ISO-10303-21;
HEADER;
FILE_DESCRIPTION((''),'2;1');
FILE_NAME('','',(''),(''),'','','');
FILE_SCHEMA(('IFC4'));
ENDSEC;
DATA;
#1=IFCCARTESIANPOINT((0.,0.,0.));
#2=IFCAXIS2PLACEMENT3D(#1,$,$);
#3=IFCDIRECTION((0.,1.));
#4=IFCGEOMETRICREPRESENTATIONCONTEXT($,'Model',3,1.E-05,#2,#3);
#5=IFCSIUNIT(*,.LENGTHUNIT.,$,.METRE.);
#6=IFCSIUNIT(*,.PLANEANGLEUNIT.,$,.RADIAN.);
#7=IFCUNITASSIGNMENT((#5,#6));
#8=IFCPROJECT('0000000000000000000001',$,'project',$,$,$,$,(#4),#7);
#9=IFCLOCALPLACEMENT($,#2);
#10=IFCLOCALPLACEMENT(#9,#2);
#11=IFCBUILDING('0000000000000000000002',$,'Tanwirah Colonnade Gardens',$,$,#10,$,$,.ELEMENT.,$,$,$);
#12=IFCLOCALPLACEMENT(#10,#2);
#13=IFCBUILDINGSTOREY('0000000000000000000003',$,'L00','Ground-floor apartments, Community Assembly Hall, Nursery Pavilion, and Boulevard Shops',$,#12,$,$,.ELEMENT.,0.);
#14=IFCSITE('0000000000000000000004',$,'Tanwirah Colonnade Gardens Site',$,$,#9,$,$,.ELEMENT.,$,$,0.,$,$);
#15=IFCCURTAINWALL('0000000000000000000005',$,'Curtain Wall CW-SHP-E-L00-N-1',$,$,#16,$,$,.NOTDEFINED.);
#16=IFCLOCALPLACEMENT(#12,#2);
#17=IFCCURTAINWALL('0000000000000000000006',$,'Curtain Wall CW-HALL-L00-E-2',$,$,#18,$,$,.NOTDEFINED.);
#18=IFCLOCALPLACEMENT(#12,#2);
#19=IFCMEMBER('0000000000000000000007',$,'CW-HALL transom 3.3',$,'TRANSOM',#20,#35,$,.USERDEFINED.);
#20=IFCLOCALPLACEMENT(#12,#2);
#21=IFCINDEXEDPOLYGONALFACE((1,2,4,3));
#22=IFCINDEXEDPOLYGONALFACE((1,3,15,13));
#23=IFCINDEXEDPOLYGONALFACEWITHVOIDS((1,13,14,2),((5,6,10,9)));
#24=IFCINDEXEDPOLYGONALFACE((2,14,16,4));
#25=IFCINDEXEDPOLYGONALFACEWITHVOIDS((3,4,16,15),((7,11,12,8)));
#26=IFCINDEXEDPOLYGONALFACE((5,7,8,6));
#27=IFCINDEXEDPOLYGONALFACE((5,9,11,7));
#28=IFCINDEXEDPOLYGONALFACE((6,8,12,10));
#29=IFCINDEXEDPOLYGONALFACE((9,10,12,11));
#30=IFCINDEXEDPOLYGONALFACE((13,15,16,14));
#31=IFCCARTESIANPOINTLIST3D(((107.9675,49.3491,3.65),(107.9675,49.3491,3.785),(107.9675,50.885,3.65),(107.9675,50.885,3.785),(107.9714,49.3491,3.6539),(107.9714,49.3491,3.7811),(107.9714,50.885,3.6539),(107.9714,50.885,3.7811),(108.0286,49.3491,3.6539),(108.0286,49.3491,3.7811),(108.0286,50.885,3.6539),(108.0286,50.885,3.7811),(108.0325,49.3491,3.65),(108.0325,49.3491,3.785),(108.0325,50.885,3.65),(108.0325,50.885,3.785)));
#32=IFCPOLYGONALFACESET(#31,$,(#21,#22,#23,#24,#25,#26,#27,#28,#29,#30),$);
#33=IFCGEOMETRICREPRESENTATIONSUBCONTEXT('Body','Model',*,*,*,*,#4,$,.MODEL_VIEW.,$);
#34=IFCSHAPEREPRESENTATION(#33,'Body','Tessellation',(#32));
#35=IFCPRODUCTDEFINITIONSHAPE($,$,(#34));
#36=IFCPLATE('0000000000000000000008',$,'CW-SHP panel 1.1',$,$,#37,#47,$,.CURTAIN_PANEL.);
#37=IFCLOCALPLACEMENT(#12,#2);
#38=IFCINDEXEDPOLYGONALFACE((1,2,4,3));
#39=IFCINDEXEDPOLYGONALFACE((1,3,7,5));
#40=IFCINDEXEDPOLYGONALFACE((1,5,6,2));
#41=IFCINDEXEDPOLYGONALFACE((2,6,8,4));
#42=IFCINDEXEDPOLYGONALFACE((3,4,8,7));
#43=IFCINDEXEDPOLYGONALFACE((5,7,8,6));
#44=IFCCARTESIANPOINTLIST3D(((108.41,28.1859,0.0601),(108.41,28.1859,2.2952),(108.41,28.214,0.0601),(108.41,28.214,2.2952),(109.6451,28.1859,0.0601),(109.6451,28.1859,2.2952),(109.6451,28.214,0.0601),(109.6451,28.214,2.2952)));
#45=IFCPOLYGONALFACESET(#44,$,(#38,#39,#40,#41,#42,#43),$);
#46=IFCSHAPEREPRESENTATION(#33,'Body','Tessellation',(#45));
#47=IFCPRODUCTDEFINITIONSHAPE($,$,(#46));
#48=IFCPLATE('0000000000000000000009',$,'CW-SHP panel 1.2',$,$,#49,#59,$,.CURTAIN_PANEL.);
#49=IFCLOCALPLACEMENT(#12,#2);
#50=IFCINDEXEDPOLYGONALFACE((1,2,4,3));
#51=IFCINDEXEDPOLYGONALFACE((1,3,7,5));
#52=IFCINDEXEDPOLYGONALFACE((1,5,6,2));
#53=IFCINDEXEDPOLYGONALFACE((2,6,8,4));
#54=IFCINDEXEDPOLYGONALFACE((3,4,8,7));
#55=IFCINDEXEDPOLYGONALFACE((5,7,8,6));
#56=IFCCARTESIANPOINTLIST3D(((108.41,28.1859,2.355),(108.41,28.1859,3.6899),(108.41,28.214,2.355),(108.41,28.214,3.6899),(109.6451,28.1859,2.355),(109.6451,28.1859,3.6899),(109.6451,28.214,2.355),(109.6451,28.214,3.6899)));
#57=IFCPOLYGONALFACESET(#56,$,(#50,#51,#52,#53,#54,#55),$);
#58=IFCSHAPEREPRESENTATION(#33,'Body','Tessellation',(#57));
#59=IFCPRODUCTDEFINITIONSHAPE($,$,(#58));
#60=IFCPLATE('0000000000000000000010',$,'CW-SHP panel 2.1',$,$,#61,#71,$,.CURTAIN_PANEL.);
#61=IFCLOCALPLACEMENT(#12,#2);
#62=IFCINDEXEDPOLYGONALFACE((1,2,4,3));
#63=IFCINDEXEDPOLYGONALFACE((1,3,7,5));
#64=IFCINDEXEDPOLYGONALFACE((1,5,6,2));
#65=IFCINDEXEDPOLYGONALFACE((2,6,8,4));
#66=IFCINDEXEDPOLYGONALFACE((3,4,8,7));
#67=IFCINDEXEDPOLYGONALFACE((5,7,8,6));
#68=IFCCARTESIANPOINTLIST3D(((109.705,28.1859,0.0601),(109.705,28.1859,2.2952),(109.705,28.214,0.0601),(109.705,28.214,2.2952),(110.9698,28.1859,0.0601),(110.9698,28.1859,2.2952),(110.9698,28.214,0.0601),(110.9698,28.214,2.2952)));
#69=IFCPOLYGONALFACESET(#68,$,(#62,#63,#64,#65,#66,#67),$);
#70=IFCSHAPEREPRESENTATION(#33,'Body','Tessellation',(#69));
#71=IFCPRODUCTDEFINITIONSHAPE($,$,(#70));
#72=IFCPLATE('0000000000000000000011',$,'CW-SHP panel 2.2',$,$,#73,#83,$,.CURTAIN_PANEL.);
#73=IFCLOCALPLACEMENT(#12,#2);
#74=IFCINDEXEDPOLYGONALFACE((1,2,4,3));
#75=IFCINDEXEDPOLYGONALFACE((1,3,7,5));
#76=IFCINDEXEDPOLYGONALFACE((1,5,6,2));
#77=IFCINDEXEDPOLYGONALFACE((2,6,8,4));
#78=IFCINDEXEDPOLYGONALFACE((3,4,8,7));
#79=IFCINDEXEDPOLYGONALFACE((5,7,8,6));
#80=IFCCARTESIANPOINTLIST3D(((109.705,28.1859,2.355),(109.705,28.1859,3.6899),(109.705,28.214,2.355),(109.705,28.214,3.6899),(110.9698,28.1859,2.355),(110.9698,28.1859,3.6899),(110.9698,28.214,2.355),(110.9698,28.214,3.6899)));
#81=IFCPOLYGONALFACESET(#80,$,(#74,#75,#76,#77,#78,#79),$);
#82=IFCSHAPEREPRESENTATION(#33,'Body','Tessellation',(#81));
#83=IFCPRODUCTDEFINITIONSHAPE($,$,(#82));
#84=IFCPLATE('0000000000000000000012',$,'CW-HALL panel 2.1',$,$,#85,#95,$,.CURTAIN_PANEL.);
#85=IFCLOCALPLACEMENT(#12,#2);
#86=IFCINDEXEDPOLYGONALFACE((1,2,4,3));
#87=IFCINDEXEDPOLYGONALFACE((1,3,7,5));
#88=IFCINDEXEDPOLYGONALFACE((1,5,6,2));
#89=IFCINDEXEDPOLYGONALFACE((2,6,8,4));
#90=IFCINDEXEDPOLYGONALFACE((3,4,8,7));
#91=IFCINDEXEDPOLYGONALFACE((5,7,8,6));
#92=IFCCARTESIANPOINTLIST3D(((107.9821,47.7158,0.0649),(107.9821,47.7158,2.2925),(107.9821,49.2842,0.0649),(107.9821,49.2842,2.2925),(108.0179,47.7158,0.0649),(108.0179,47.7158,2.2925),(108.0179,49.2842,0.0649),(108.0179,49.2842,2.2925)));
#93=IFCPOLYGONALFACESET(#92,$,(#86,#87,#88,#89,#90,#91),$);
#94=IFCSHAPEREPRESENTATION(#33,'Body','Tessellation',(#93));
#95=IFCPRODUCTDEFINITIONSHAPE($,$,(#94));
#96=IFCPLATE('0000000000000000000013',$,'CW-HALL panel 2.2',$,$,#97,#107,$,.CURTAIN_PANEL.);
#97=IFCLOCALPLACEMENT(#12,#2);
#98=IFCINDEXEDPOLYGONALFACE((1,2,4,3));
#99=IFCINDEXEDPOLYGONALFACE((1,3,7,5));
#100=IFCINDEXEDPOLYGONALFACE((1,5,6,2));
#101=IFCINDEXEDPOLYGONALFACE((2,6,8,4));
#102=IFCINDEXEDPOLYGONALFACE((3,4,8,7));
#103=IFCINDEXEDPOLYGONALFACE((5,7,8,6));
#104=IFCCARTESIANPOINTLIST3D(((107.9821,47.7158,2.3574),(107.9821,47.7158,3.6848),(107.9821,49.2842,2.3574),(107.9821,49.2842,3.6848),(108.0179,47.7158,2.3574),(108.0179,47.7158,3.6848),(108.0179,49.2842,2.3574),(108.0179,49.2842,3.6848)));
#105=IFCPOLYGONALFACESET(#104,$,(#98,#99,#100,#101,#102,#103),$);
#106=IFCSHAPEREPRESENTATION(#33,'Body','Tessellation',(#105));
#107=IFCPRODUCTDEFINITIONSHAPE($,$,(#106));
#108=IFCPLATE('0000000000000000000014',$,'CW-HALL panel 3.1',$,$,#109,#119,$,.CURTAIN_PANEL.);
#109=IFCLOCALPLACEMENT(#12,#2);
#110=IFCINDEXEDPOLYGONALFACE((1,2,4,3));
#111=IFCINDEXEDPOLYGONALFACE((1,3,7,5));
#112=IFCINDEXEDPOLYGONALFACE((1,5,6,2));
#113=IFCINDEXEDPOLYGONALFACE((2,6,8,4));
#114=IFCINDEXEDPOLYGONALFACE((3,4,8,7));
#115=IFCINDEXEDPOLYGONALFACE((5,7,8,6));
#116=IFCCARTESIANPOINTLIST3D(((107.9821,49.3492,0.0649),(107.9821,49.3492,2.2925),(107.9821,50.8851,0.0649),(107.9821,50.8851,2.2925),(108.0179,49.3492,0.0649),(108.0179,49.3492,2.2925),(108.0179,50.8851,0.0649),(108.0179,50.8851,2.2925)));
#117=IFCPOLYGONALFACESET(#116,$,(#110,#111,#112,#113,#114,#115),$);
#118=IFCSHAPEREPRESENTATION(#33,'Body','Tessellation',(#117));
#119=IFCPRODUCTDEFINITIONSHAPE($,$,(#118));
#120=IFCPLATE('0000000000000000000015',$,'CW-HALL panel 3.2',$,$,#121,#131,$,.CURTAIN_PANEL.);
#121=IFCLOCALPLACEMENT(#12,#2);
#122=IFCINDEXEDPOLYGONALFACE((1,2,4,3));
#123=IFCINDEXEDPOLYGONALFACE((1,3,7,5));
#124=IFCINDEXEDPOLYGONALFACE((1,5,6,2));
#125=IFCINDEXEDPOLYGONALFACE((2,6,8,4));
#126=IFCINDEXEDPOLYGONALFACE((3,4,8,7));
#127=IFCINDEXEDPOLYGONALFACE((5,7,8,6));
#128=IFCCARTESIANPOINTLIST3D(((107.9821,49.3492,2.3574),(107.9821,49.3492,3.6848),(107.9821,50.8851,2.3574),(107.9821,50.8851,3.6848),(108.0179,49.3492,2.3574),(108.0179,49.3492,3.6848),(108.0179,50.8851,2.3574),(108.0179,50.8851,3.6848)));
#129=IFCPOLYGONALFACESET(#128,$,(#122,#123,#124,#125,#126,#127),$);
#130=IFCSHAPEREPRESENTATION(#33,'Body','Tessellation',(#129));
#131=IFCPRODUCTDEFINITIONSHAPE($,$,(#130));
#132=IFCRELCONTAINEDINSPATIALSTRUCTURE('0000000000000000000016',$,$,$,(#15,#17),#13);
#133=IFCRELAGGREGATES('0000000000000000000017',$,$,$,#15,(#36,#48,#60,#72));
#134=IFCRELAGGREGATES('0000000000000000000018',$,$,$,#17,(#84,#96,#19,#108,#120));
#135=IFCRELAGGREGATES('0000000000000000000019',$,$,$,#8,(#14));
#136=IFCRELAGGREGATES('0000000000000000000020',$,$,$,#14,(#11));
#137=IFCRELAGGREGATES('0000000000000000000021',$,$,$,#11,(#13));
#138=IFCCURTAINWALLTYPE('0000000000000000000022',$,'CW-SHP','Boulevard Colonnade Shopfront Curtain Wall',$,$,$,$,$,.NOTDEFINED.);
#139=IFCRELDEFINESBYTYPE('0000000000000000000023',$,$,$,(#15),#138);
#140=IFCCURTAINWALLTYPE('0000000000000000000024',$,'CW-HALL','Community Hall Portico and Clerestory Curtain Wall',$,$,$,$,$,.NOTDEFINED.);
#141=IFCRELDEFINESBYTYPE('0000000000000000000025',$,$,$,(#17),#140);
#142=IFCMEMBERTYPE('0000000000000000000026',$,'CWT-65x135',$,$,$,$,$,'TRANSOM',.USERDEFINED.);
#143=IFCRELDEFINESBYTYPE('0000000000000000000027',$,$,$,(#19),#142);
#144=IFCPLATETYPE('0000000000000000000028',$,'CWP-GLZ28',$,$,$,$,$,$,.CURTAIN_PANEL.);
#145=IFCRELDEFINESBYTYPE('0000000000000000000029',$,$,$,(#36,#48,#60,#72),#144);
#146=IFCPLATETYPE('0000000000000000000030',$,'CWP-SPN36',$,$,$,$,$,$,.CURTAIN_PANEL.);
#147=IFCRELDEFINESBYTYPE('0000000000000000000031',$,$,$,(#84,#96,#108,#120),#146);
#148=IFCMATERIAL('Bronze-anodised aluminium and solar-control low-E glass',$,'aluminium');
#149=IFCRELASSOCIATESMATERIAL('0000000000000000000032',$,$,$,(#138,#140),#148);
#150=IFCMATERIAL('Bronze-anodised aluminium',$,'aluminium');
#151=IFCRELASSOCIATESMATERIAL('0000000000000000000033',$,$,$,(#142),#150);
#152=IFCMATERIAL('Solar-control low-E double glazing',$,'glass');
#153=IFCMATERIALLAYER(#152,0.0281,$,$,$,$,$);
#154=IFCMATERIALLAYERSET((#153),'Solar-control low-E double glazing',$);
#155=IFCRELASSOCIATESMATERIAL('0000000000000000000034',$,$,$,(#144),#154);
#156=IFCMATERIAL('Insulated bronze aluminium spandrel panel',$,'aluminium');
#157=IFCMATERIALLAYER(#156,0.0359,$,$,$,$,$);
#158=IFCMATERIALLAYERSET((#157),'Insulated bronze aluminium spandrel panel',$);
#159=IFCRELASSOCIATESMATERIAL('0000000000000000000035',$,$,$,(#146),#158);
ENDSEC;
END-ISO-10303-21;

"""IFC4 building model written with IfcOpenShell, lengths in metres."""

from ifc_helpers import new_model, si_unit, direction, frame, origin, origin_2d, place, context, subcontext, project, spatial, rectangle, hollow_rectangle, extrude, material, layer, layer_set, material_profile, profile_set, type_object, element, aggregate, save


model = new_model("IFC4")

# Units and contexts
model_context = context("Model", 3, precision=1e-05, world=origin(), true_north=direction((0.0, 1.0)))
body_context = subcontext(model_context, "Body", "Model", "MODEL_VIEW")
ifc_project = project(units=[si_unit("LENGTHUNIT", "METRE"), si_unit("PLANEANGLEUNIT", "RADIAN")], contexts=[model_context])

# Site, building, storey
site_placement = place(None, origin())
site = spatial("IfcSite", under=ifc_project, at=site_placement, Name="Tanwirah Colonnade Gardens Site", CompositionType="ELEMENT", RefElevation=0.0)
building_placement = place(site_placement, origin())
building = spatial("IfcBuilding", under=site, at=building_placement, Name="Tanwirah Colonnade Gardens", CompositionType="ELEMENT")
storey_placement = place(building_placement, origin())
storey = spatial("IfcBuildingStorey", under=building, at=storey_placement, Name="L00", Description="Ground-floor apartments, Community Assembly Hall, Nursery Pavilion, and Boulevard Shops", CompositionType="ELEMENT", Elevation=0.0)

# Curtain walls
ifc_material_1 = material(Name="Bronze-anodised aluminium and solar-control low-E glass", Category="aluminium")
curtain_wall_type_1 = type_object("IfcCurtainWallType", Name="CW-SHP", Description="Boulevard Colonnade Shopfront Curtain Wall", PredefinedType="NOTDEFINED", material=ifc_material_1)
curtain_wall_1_placement = place(storey_placement, origin())
curtain_wall_1 = element("IfcCurtainWall", 1, at=curtain_wall_1_placement, inside=storey, type_object=curtain_wall_type_1, Name="Curtain Wall CW-SHP-E-L00-N-1", PredefinedType="NOTDEFINED")
ifc_material_2 = material(Name="Bronze-anodised aluminium", Category="aluminium")
curtain_wall_type_2 = type_object("IfcCurtainWallType", Name="CW-HALL", Description="Community Hall Portico and Clerestory Curtain Wall", PredefinedType="NOTDEFINED", material=ifc_material_1)
curtain_wall_2_placement = place(storey_placement, origin())
curtain_wall_2 = element("IfcCurtainWall", 2, at=curtain_wall_2_placement, inside=storey, type_object=curtain_wall_type_2, Name="Curtain Wall CW-HALL-L00-E-2", PredefinedType="NOTDEFINED")

# Member
ifc_material_profile_1 = material_profile(ifc_material_2, hollow_rectangle(XDim=0.0649, YDim=0.135, WallThickness=0.0039, at=origin_2d()), Name="CW-TRN 65x135x4")
ifc_profile_set_1 = profile_set([ifc_material_profile_1], Name="Bronze-anodised aluminium")
member_type_1 = type_object("IfcMemberType", Name="CWT-65x135", ElementType="TRANSOM", PredefinedType="USERDEFINED", material=ifc_profile_set_1)
member_1_placement = place(storey_placement, frame((108.0, 49.3491, 3.7175), z_axis=(0.0, 1.0, 0.0), x_axis=(-1.0, 0.0, 0.0)))
member_1 = element("IfcMember", 3, at=member_1_placement, type_object=member_type_1, Name="CW-HALL transom 3.3", ObjectType="TRANSOM", PredefinedType="USERDEFINED", context=body_context, shape_type="SweptSolid", body=[
    extrude(hollow_rectangle(XDim=0.0649, YDim=0.135, WallThickness=0.0039, at=origin_2d()), origin(), (0.0, 0.0, 1.0), 1.5359),
])

# Plates
ifc_material_3 = material(Name="Solar-control low-E double glazing", Category="glass")
ifc_layer_1 = layer(ifc_material_3, 0.0281)
ifc_layer_set_1 = layer_set([ifc_layer_1], Name="Solar-control low-E double glazing")
plate_type_1 = type_object("IfcPlateType", Name="CWP-GLZ28", PredefinedType="CURTAIN_PANEL", material=ifc_layer_set_1)
plate_1_placement = place(storey_placement, frame((109.0276, 28.2, 0.0601), z_axis=(0.0, 0.0, 1.0), x_axis=(1.0, 0.0, 0.0)))
plate_1 = element("IfcPlate", 4, at=plate_1_placement, type_object=plate_type_1, Name="CW-SHP panel 1.1", PredefinedType="CURTAIN_PANEL", context=body_context, shape_type="SweptSolid", body=[
    extrude(rectangle(XDim=1.2351, YDim=0.0281, at=origin_2d()), origin(), (0.0, 0.0, 1.0), 2.2351),
])
plate_2_placement = place(storey_placement, frame((109.0276, 28.2, 2.355), z_axis=(0.0, 0.0, 1.0), x_axis=(1.0, 0.0, 0.0)))
plate_2 = element("IfcPlate", 5, at=plate_2_placement, type_object=plate_type_1, Name="CW-SHP panel 1.2", PredefinedType="CURTAIN_PANEL", context=body_context, shape_type="SweptSolid", body=[
    extrude(rectangle(XDim=1.2351, YDim=0.0281, at=origin_2d()), origin(), (0.0, 0.0, 1.0), 1.335),
])
plate_3_placement = place(storey_placement, frame((110.3374, 28.2, 0.0601), z_axis=(0.0, 0.0, 1.0), x_axis=(1.0, 0.0, 0.0)))
plate_3 = element("IfcPlate", 6, at=plate_3_placement, type_object=plate_type_1, Name="CW-SHP panel 2.1", PredefinedType="CURTAIN_PANEL", context=body_context, shape_type="SweptSolid", body=[
    extrude(rectangle(XDim=1.2649, YDim=0.0281, at=origin_2d()), origin(), (0.0, 0.0, 1.0), 2.2351),
])
plate_4_placement = place(storey_placement, frame((110.3374, 28.2, 2.355), z_axis=(0.0, 0.0, 1.0), x_axis=(1.0, 0.0, 0.0)))
plate_4 = element("IfcPlate", 7, at=plate_4_placement, type_object=plate_type_1, Name="CW-SHP panel 2.2", PredefinedType="CURTAIN_PANEL", context=body_context, shape_type="SweptSolid", body=[
    extrude(rectangle(XDim=1.2649, YDim=0.0281, at=origin_2d()), origin(), (0.0, 0.0, 1.0), 1.335),
])
aggregate(curtain_wall_1, [plate_1, plate_2, plate_3, plate_4])
ifc_material_4 = material(Name="Insulated bronze aluminium spandrel panel", Category="aluminium")
ifc_layer_2 = layer(ifc_material_4, 0.0359)
ifc_layer_set_2 = layer_set([ifc_layer_2], Name="Insulated bronze aluminium spandrel panel")
plate_type_2 = type_object("IfcPlateType", Name="CWP-SPN36", PredefinedType="CURTAIN_PANEL", material=ifc_layer_set_2)
plate_5_placement = place(storey_placement, frame((108.0, 48.5, 0.0649), z_axis=(0.0, 0.0, 1.0), x_axis=(0.0, 1.0, 0.0)))
plate_5 = element("IfcPlate", 8, at=plate_5_placement, type_object=plate_type_2, Name="CW-HALL panel 2.1", PredefinedType="CURTAIN_PANEL", context=body_context, shape_type="SweptSolid", body=[
    extrude(rectangle(XDim=1.5684, YDim=0.0359, at=origin_2d()), origin(), (0.0, 0.0, 1.0), 2.2275),
])
plate_6_placement = place(storey_placement, frame((108.0, 48.5, 2.3574), z_axis=(0.0, 0.0, 1.0), x_axis=(0.0, 1.0, 0.0)))
plate_6 = element("IfcPlate", 9, at=plate_6_placement, type_object=plate_type_2, Name="CW-HALL panel 2.2", PredefinedType="CURTAIN_PANEL", context=body_context, shape_type="SweptSolid", body=[
    extrude(rectangle(XDim=1.5684, YDim=0.0359, at=origin_2d()), origin(), (0.0, 0.0, 1.0), 1.3274),
])
plate_7_placement = place(storey_placement, frame((108.0, 50.1172, 0.0649), z_axis=(0.0, 0.0, 1.0), x_axis=(0.0, 1.0, 0.0)))
plate_7 = element("IfcPlate", 10, at=plate_7_placement, type_object=plate_type_2, Name="CW-HALL panel 3.1", PredefinedType="CURTAIN_PANEL", context=body_context, shape_type="SweptSolid", body=[
    extrude(rectangle(XDim=1.5359, YDim=0.0359, at=origin_2d()), origin(), (0.0, 0.0, 1.0), 2.2275),
])
plate_8_placement = place(storey_placement, frame((108.0, 50.1172, 2.3574), z_axis=(0.0, 0.0, 1.0), x_axis=(0.0, 1.0, 0.0)))
plate_8 = element("IfcPlate", 11, at=plate_8_placement, type_object=plate_type_2, Name="CW-HALL panel 3.2", PredefinedType="CURTAIN_PANEL", context=body_context, shape_type="SweptSolid", body=[
    extrude(rectangle(XDim=1.5359, YDim=0.0359, at=origin_2d()), origin(), (0.0, 0.0, 1.0), 1.3274),
])
aggregate(curtain_wall_2, [plate_5, plate_6, member_1, plate_7, plate_8])

save(model, "model.ifc")
